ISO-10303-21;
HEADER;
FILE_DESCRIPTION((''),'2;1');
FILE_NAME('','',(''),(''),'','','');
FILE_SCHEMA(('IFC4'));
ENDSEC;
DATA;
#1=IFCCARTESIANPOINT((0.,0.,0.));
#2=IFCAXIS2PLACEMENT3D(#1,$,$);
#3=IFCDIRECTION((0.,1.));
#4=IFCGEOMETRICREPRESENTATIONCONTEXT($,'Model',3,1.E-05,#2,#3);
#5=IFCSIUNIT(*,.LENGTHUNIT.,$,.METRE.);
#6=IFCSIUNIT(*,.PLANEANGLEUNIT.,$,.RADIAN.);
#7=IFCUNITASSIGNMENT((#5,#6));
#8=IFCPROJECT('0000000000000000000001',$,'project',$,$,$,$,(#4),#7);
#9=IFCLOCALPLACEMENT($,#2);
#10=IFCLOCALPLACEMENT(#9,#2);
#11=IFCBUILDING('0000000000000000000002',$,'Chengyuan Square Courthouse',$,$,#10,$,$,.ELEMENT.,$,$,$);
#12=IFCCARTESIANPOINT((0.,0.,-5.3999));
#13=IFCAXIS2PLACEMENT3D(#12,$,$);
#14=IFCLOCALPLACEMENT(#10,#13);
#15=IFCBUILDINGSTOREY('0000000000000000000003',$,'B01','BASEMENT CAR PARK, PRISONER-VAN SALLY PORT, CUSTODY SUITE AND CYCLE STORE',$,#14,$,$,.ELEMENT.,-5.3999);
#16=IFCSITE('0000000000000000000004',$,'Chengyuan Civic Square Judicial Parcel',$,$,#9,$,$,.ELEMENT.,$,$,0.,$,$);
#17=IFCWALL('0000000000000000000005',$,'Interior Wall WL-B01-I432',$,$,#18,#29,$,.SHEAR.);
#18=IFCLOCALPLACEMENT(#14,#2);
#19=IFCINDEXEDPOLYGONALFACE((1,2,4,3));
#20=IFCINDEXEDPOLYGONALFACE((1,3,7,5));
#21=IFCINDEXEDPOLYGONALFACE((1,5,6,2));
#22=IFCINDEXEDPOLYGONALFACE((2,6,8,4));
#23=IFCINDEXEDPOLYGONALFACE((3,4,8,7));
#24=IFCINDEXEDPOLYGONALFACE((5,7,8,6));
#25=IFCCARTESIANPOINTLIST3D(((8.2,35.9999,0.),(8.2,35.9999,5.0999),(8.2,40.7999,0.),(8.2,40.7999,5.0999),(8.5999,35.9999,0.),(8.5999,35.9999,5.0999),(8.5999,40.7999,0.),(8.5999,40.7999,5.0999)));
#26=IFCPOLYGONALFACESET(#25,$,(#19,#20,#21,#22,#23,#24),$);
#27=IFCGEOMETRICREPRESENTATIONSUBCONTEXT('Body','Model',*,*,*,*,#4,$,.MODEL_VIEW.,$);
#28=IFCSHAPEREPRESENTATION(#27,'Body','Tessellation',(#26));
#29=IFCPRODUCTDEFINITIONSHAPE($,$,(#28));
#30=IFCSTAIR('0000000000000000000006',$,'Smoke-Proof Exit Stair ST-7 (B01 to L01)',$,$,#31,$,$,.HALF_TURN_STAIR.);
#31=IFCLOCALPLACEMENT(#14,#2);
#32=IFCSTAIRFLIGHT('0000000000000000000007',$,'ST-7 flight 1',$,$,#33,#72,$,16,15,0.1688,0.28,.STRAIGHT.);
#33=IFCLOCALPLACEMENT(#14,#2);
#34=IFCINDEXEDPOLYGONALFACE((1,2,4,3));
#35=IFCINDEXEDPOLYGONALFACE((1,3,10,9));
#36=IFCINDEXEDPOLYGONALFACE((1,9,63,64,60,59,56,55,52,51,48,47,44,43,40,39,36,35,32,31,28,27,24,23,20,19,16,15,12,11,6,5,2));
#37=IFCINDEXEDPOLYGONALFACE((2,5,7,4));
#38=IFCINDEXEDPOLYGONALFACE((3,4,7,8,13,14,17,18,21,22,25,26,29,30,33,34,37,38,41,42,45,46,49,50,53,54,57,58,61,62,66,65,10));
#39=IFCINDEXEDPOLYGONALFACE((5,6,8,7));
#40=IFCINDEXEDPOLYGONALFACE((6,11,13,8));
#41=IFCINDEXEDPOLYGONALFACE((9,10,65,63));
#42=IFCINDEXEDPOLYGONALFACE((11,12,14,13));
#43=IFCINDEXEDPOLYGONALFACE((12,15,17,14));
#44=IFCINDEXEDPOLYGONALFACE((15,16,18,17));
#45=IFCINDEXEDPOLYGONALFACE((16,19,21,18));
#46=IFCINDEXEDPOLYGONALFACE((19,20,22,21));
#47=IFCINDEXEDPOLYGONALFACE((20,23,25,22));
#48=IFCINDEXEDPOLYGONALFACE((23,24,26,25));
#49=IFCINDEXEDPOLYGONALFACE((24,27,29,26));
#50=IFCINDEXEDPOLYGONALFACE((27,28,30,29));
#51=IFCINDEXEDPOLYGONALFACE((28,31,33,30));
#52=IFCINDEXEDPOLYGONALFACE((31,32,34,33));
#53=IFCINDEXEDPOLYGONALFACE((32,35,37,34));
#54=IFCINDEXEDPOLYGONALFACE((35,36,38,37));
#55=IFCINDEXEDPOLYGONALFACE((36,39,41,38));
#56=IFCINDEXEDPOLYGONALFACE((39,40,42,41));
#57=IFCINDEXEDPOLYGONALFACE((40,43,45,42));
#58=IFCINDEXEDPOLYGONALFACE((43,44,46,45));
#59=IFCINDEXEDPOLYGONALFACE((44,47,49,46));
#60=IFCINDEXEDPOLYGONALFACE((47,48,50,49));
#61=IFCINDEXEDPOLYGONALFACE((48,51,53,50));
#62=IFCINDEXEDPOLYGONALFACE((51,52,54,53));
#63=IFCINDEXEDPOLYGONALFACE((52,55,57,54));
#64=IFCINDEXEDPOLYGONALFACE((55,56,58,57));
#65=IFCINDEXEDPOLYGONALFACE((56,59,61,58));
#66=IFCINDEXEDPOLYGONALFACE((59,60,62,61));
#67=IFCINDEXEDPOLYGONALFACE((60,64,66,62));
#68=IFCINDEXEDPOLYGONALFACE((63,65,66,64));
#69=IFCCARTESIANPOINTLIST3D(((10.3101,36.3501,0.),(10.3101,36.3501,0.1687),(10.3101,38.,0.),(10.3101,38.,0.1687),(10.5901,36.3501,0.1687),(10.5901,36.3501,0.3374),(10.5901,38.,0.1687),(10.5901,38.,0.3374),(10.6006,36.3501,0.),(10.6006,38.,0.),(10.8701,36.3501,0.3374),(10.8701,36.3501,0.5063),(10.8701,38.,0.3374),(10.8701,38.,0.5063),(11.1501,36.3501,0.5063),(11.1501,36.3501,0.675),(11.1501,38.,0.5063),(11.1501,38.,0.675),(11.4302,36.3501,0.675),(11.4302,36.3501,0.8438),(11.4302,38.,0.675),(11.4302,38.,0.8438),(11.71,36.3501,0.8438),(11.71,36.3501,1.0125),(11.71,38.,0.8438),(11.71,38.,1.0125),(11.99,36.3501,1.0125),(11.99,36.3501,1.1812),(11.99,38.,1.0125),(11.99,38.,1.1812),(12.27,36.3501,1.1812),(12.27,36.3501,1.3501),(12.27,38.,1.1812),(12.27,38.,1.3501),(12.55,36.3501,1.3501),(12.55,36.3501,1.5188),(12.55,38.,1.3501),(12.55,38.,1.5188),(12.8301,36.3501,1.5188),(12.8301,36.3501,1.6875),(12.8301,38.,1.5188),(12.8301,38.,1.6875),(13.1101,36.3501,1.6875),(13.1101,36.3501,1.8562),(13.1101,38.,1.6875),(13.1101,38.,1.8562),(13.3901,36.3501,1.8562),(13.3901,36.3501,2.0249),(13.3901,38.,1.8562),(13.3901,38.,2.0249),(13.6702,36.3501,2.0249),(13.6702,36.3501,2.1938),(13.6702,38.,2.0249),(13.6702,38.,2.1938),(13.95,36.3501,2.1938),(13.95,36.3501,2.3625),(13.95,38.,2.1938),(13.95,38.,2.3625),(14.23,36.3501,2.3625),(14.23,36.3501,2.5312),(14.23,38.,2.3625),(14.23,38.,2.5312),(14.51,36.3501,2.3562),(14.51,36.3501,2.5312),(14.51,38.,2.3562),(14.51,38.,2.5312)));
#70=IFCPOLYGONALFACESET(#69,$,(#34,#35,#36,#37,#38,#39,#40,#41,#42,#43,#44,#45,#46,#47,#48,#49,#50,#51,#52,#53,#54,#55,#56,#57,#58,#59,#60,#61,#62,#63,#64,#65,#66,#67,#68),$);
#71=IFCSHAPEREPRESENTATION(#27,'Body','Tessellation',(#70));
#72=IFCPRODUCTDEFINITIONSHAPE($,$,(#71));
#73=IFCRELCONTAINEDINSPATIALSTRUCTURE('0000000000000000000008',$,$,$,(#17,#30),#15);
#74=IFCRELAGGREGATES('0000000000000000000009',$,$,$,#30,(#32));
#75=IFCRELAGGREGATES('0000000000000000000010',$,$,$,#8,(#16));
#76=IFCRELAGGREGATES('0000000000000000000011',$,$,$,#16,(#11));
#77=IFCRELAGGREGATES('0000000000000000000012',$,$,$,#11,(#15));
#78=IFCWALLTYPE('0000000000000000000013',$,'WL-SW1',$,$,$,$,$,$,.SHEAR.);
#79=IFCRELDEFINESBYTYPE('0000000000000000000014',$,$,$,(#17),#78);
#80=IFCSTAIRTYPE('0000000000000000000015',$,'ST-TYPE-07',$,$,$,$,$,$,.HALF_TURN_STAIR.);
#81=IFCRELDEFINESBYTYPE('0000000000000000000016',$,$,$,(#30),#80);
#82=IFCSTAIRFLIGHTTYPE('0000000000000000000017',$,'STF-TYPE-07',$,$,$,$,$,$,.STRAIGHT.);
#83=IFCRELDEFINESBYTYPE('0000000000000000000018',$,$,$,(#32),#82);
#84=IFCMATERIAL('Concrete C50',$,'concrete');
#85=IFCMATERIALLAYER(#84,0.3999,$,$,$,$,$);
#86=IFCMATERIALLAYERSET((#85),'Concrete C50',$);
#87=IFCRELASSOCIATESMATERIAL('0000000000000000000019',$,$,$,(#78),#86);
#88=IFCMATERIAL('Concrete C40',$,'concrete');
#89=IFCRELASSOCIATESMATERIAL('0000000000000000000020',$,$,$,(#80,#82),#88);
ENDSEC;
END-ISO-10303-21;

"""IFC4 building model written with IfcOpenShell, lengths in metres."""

from ifc_helpers import new_model, si_unit, direction, frame, frame_2d, origin, place, context, subcontext, project, spatial, polyline, rectangle, outline, extrude, material, layer, layer_set, type_object, element, aggregate, save


model = new_model("IFC4")

# Units and contexts
model_context = context("Model", 3, precision=1e-05, world=origin(), true_north=direction((0.0, 1.0)))
body_context = subcontext(model_context, "Body", "Model", "MODEL_VIEW")
ifc_project = project(units=[si_unit("LENGTHUNIT", "METRE"), si_unit("PLANEANGLEUNIT", "RADIAN")], contexts=[model_context])

# Site, building, storey
site_placement = place(None, origin())
site = spatial("IfcSite", under=ifc_project, at=site_placement, Name="Chengyuan Civic Square Judicial Parcel", CompositionType="ELEMENT", RefElevation=0.0)
building_placement = place(site_placement, origin())
building = spatial("IfcBuilding", under=site, at=building_placement, Name="Chengyuan Square Courthouse", CompositionType="ELEMENT")
storey_placement = place(building_placement, frame((0.0, 0.0, -5.3999)))
storey = spatial("IfcBuildingStorey", under=building, at=storey_placement, Name="B01", Description="BASEMENT CAR PARK, PRISONER-VAN SALLY PORT, CUSTODY SUITE AND CYCLE STORE", CompositionType="ELEMENT", Elevation=-5.3999)

# Shared definitions
ifc_material_1 = material(Name="Concrete C50", Category="concrete")

# Shared definitions
ifc_material_2 = material(Name="Concrete C40", Category="concrete")

# Wall
ifc_layer_1 = layer(ifc_material_1, 0.3999)
ifc_layer_set_1 = layer_set([ifc_layer_1], Name="Concrete C50")
wall_type_1 = type_object("IfcWallType", Name="WL-SW1", PredefinedType="SHEAR", material=ifc_layer_set_1)
wall_1_placement = place(storey_placement, frame((8.3999, 36.0, 0.0), z_axis=(0.0, 0.0, 1.0), x_axis=(0.0, 1.0, 0.0)))
element("IfcWall", 1, at=wall_1_placement, inside=storey, type_object=wall_type_1, Name="Interior Wall WL-B01-I432", PredefinedType="SHEAR", context=body_context, shape_type="SweptSolid", body=[
    extrude(rectangle(XDim=4.8, YDim=0.3999, at=frame_2d((2.3999, 0.0))), origin(), (0.0, 0.0, 1.0), 5.0999),
])

# Stair, stair flight
stair_type = type_object("IfcStairType", Name="ST-TYPE-07", PredefinedType="HALF_TURN_STAIR", material=ifc_material_2)
stair_placement = place(storey_placement, origin())
stair = element("IfcStair", 2, at=stair_placement, inside=storey, type_object=stair_type, Name="Smoke-Proof Exit Stair ST-7 (B01 to L01)", PredefinedType="HALF_TURN_STAIR")
stair_flight_type = type_object("IfcStairFlightType", Name="STF-TYPE-07", PredefinedType="STRAIGHT", material=ifc_material_2)
stair_flight_placement = place(storey_placement, frame((10.3101, 37.175, 0.0), z_axis=(0.0, 0.0, 1.0), x_axis=(1.0, 0.0, 0.0)))
stair_flight = element("IfcStairFlight", 3, at=stair_flight_placement, type_object=stair_flight_type, Name="ST-7 flight 1", NumberOfRisers=16, NumberOfTreads=15, PredefinedType="STRAIGHT", RiserHeight=0.1688, TreadLength=0.28, context=body_context, shape_type="SweptSolid", body=[
    extrude(outline(polyline([(0.0, 0.0), (0.0, 0.1687), (0.28, 0.1687), (0.28, 0.3374), (0.5601, 0.3374), (0.5601, 0.5063), (0.8401, 0.5063), (0.8401, 0.675), (1.1201, 0.675), (1.1201, 0.8438), (1.3999, 0.8438), (1.3999, 1.0125), (1.6799, 1.0125), (1.6799, 1.1812), (1.96, 1.1812), (1.96, 1.3501), (2.24, 1.3501), (2.24, 1.5188), (2.52, 1.5188), (2.52, 1.6875), (2.8, 1.6875), (2.8, 1.8562), (3.0801, 1.8562), (3.0801, 2.0249), (3.3601, 2.0249), (3.3601, 2.1938), (3.6399, 2.1938), (3.6399, 2.3625), (3.9199, 2.3625), (3.9199, 2.5312), (4.2, 2.5312), (4.2, 2.7), (4.2, 2.3562), (0.2905, 0.0), (0.0, 0.0)])), frame((0.0, 0.825, 0.0), z_axis=(0.0, -1.0, 0.0), x_axis=(1.0, 0.0, 0.0)), (0.0, 0.0, 1.0), 1.6499),
])
aggregate(stair, [stair_flight])

save(model, "model.ifc")
